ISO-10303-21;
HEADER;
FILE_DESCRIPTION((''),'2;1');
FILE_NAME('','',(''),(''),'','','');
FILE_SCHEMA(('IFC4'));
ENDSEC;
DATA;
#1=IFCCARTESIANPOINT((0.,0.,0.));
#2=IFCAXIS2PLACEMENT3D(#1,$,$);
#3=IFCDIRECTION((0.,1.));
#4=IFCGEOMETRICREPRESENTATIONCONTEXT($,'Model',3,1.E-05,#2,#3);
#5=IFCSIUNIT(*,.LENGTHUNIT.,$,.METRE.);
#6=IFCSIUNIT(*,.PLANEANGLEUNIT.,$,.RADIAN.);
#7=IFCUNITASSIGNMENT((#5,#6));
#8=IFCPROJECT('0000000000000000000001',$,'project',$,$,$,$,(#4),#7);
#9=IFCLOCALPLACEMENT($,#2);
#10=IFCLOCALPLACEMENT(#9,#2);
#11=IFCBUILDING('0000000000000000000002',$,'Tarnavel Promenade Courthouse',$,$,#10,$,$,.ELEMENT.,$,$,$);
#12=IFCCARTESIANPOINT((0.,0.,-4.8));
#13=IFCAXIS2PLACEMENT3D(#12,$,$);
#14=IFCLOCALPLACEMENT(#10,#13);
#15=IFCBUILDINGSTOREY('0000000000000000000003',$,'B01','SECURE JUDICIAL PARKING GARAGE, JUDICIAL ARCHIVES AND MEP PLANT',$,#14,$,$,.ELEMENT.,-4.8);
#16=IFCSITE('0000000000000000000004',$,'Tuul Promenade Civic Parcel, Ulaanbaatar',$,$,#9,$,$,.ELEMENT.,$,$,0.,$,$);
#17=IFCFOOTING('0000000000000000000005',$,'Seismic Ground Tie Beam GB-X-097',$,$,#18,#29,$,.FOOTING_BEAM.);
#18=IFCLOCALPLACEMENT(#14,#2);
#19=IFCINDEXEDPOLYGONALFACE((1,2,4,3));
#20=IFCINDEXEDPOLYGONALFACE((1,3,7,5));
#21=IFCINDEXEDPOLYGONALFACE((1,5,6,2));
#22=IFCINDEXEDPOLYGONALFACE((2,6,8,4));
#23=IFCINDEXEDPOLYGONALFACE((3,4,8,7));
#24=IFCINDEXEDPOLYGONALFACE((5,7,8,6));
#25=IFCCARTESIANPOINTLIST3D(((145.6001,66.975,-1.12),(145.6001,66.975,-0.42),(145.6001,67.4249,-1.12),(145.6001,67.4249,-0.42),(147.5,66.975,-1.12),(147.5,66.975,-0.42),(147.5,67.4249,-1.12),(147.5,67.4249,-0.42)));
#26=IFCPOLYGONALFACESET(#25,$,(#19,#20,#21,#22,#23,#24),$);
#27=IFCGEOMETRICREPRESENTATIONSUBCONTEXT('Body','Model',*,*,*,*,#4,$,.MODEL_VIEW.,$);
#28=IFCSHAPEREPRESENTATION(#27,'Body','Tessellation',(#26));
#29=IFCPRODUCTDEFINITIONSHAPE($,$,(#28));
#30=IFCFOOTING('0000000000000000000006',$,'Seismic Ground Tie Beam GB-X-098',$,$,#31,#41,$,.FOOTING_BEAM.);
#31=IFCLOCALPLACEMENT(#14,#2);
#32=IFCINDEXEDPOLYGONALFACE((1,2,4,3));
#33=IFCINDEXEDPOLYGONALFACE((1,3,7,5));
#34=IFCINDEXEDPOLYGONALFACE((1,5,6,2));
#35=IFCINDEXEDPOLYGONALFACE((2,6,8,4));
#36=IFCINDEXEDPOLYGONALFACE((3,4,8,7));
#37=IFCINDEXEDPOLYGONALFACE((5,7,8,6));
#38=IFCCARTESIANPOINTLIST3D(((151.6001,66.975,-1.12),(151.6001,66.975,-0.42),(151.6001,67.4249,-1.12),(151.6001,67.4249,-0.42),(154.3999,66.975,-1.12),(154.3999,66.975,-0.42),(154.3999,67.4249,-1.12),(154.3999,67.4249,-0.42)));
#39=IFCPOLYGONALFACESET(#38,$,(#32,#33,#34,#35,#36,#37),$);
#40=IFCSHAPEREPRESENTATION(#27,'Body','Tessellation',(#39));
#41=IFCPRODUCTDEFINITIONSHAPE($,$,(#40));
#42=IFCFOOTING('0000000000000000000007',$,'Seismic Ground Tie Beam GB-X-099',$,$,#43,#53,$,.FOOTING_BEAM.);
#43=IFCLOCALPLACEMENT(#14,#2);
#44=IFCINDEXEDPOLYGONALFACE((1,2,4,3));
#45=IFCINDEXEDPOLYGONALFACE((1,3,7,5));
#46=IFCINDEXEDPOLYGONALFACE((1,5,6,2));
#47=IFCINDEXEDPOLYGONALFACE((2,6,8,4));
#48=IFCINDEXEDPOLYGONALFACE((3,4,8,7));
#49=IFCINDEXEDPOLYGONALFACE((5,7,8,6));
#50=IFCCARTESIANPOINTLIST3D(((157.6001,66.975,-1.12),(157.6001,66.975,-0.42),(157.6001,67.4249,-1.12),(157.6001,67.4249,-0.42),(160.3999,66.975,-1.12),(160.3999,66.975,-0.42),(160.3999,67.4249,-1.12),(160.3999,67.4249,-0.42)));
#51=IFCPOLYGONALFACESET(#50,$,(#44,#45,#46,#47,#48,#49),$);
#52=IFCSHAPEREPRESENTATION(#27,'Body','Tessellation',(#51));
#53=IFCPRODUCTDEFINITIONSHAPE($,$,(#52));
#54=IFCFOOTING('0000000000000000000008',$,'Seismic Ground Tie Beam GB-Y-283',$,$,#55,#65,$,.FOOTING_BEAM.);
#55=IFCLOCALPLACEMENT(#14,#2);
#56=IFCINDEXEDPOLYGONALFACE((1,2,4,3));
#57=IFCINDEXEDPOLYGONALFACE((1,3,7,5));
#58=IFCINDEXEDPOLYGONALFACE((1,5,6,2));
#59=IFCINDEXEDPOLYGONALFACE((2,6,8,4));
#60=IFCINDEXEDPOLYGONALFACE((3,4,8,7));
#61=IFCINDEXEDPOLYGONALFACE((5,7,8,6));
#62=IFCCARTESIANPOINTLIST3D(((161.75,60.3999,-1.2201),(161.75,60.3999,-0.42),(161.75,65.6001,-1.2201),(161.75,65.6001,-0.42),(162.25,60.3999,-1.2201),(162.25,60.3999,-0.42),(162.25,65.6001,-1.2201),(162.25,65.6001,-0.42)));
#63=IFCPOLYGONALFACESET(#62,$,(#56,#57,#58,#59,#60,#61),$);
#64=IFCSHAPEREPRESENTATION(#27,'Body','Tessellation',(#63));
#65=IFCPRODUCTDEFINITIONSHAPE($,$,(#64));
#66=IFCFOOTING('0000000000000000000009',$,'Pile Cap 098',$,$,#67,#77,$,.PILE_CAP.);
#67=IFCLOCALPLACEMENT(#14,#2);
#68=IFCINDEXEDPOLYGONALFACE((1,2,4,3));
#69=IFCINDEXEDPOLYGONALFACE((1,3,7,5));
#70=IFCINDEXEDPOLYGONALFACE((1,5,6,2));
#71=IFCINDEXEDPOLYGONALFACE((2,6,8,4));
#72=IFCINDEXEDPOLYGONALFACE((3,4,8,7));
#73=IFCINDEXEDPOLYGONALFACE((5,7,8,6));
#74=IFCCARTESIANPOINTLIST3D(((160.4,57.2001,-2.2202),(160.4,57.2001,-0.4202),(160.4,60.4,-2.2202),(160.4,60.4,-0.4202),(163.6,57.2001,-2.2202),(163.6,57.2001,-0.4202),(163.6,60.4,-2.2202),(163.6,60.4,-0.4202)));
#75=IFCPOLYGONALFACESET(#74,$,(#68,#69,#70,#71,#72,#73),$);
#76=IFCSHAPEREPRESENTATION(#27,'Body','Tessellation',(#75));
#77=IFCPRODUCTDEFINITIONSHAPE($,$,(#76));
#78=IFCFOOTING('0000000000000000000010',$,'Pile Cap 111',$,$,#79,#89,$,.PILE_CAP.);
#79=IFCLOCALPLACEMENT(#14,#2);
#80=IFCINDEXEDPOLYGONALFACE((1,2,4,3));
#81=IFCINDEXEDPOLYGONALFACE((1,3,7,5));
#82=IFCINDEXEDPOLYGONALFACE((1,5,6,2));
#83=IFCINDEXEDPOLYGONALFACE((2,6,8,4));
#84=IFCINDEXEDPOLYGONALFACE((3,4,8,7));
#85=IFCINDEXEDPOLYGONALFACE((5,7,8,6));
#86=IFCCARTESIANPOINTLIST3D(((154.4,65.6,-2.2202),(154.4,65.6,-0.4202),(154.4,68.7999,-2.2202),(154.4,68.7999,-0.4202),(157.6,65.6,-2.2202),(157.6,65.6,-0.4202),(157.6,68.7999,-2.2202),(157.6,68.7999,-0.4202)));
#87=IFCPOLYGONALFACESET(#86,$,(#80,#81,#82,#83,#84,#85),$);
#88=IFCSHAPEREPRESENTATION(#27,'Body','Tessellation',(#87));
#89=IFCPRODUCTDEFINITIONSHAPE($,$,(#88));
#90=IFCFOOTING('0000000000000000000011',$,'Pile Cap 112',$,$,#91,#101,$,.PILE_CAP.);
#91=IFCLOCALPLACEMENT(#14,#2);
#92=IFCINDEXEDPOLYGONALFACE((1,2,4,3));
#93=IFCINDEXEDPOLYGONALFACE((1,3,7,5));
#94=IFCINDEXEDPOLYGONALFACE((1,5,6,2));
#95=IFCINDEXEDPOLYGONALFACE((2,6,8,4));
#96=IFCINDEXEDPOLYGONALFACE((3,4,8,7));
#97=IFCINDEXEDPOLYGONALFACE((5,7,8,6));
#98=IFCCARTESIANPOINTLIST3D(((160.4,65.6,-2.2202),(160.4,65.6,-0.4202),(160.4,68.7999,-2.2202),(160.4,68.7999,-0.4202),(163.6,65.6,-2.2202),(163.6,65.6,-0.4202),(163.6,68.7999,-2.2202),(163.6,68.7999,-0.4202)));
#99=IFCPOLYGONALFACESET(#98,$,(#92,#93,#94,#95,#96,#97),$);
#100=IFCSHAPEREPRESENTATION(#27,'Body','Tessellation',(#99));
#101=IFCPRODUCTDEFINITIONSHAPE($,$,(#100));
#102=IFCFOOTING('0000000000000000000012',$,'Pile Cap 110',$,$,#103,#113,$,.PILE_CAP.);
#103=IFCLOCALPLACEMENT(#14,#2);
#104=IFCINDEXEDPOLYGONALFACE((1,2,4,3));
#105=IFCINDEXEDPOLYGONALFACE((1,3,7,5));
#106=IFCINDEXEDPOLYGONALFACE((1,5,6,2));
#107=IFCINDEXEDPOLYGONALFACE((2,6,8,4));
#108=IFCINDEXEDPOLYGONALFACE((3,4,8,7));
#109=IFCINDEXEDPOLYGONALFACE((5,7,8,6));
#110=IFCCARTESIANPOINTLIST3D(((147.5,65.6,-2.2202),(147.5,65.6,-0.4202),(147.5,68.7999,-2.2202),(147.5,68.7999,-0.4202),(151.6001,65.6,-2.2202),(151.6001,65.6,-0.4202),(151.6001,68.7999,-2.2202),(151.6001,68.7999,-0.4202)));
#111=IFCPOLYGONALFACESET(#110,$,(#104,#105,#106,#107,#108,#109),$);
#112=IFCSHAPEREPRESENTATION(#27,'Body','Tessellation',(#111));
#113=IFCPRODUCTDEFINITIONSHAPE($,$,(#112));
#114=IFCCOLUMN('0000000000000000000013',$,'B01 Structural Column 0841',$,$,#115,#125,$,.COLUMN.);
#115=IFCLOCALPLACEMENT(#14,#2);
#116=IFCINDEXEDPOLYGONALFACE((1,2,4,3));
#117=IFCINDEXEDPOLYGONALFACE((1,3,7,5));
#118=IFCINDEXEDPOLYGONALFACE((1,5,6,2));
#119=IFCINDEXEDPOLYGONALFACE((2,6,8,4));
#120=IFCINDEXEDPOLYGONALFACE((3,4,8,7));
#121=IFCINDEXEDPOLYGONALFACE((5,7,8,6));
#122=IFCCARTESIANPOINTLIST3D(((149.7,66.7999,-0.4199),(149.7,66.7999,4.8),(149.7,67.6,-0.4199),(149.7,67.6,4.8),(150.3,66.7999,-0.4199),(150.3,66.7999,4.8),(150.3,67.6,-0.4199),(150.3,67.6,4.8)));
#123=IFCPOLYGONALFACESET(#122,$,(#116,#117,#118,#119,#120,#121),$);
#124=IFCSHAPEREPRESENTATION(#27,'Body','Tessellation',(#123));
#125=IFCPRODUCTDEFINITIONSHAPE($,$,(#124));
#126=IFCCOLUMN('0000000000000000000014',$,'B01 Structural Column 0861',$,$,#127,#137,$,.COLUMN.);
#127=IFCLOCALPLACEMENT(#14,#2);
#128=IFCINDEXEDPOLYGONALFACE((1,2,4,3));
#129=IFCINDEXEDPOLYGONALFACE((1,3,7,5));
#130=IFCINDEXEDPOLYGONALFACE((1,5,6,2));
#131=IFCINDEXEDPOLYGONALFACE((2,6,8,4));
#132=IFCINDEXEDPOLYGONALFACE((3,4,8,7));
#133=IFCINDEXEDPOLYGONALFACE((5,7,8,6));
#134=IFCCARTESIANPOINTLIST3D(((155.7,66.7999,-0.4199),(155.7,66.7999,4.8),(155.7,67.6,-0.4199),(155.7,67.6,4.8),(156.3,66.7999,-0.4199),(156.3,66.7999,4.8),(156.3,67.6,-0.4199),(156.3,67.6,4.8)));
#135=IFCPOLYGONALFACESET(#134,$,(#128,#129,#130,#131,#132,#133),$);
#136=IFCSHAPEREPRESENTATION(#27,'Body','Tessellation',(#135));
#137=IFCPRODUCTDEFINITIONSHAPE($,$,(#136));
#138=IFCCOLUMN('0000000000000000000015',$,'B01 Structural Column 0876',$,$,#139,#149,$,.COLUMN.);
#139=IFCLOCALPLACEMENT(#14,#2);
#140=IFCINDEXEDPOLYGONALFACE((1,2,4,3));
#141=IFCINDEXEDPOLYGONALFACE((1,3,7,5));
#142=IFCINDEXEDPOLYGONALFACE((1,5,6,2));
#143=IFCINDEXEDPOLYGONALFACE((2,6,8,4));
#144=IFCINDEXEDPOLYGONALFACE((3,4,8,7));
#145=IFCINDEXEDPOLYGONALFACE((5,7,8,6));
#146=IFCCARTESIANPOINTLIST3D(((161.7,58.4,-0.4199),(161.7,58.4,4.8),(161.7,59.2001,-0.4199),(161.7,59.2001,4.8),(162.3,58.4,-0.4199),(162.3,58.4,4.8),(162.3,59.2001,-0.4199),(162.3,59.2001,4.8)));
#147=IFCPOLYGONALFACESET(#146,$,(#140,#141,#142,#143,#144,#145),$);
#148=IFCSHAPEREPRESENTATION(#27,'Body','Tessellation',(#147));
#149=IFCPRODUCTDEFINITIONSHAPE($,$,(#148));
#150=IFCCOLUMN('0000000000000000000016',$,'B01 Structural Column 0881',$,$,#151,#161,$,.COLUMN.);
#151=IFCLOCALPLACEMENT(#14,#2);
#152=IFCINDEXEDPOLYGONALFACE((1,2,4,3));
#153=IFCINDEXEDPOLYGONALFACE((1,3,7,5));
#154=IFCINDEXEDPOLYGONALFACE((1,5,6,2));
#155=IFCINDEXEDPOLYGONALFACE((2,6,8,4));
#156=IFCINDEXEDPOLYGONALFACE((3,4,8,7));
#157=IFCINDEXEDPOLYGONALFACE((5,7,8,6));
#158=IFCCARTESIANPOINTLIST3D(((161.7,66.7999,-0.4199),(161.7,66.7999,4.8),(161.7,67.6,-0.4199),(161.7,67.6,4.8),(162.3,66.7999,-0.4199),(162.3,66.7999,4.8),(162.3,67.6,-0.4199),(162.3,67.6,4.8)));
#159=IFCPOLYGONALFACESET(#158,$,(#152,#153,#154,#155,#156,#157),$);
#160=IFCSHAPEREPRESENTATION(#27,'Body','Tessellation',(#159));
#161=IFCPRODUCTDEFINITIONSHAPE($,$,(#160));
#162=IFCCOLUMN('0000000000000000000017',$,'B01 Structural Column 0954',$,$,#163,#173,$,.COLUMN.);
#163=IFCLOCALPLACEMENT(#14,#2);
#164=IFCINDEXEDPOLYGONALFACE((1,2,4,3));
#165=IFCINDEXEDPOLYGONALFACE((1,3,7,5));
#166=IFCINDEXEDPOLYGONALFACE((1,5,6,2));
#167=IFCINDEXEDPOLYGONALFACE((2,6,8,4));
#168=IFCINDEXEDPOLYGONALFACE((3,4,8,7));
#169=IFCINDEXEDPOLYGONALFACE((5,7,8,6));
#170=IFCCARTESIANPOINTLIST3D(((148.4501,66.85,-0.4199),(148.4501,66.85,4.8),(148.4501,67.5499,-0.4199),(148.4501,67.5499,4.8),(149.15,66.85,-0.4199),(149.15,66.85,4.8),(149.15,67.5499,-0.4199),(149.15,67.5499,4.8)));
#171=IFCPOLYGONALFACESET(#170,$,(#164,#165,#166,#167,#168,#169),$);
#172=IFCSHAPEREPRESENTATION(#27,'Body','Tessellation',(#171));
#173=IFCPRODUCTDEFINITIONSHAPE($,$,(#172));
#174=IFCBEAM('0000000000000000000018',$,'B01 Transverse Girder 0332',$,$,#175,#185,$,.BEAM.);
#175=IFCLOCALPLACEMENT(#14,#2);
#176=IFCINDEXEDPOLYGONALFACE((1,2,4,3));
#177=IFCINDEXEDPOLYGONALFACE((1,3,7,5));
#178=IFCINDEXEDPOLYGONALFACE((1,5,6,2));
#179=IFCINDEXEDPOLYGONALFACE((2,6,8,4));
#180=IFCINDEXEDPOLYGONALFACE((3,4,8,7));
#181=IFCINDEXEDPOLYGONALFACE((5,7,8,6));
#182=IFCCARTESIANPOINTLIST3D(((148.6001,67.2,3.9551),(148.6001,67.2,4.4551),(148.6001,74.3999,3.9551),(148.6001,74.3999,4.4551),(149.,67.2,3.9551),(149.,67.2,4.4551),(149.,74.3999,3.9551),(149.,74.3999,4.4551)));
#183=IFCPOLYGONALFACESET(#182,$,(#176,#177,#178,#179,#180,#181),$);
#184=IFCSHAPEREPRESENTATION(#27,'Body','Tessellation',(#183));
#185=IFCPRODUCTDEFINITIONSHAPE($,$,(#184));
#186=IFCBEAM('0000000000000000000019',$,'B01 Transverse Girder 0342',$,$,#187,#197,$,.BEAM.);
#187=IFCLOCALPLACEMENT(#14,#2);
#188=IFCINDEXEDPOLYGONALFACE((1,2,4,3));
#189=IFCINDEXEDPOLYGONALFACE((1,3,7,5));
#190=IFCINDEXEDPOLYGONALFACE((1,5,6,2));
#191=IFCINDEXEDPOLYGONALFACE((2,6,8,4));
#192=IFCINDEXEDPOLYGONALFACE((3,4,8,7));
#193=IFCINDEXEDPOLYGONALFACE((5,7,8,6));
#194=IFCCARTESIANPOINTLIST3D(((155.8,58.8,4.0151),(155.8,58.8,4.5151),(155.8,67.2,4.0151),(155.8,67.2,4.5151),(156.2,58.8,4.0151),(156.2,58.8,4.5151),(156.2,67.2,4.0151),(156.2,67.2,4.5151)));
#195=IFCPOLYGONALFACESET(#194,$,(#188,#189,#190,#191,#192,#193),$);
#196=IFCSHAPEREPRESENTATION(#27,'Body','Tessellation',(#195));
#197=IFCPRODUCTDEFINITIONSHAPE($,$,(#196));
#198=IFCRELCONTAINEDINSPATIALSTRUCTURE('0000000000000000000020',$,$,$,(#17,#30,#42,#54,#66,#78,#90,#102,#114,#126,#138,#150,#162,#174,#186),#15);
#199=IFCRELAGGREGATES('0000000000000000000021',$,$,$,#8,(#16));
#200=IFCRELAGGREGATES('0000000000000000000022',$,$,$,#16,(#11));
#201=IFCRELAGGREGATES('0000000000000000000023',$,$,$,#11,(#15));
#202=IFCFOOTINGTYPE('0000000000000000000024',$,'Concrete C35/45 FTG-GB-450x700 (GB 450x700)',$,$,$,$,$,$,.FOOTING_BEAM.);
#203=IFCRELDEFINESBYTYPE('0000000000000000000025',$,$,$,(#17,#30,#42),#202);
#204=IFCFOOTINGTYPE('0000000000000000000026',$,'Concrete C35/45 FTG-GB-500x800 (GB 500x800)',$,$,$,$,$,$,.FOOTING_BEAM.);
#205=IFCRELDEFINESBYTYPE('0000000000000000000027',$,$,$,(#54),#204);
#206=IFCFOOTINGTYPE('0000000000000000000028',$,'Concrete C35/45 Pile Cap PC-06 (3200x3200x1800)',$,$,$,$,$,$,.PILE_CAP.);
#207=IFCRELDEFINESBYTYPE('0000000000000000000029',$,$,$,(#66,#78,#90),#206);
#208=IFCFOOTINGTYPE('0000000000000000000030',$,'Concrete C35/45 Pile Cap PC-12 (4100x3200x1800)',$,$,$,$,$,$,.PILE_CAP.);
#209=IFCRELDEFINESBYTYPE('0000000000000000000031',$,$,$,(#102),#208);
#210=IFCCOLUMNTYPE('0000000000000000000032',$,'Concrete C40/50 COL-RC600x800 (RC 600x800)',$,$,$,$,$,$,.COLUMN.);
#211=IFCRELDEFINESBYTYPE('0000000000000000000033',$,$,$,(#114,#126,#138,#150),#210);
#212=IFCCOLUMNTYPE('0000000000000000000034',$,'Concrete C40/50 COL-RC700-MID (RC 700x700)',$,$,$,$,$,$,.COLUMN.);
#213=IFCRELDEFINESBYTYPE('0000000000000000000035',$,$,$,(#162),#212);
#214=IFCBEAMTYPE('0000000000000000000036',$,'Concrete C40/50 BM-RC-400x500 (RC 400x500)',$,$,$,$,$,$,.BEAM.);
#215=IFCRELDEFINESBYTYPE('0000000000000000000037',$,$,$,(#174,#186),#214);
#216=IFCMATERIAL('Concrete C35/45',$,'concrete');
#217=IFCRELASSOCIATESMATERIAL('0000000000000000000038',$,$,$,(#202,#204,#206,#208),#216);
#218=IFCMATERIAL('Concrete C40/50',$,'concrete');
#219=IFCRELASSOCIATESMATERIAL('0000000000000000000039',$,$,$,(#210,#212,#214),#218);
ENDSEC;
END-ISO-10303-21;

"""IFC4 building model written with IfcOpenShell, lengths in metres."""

from ifc_helpers import new_model, si_unit, direction, frame, origin, origin_2d, place, context, subcontext, project, spatial, rectangle, extrude, material, material_profile, profile_set, type_object, element, save


model = new_model("IFC4")

# Units and contexts
model_context = context("Model", 3, precision=1e-05, world=origin(), true_north=direction((0.0, 1.0)))
body_context = subcontext(model_context, "Body", "Model", "MODEL_VIEW")
ifc_project = project(units=[si_unit("LENGTHUNIT", "METRE"), si_unit("PLANEANGLEUNIT", "RADIAN")], contexts=[model_context])

# Site, building, storey
site_placement = place(None, origin())
site = spatial("IfcSite", under=ifc_project, at=site_placement, Name="Tuul Promenade Civic Parcel, Ulaanbaatar", CompositionType="ELEMENT", RefElevation=0.0)
building_placement = place(site_placement, origin())
building = spatial("IfcBuilding", under=site, at=building_placement, Name="Tarnavel Promenade Courthouse", CompositionType="ELEMENT")
storey_placement = place(building_placement, frame((0.0, 0.0, -4.8)))
storey = spatial("IfcBuildingStorey", under=building, at=storey_placement, Name="B01", Description="SECURE JUDICIAL PARKING GARAGE, JUDICIAL ARCHIVES AND MEP PLANT", CompositionType="ELEMENT", Elevation=-4.8)

# Footings
ifc_material_1 = material(Name="Concrete C35/45", Category="concrete")
ifc_material_profile_1 = material_profile(ifc_material_1, rectangle(XDim=0.45, YDim=0.7, at=origin_2d()), Name="GB 450x700")
ifc_profile_set_1 = profile_set([ifc_material_profile_1], Name="Concrete C35/45")
footing_type_1 = type_object("IfcFootingType", Name="Concrete C35/45 FTG-GB-450x700 (GB 450x700)", PredefinedType="FOOTING_BEAM", material=ifc_profile_set_1)
footing_1_placement = place(storey_placement, frame((145.6001, 67.2, -0.77), z_axis=(1.0, 0.0, 0.0), x_axis=(0.0, 1.0, 0.0)))
element("IfcFooting", 1, at=footing_1_placement, inside=storey, type_object=footing_type_1, Name="Seismic Ground Tie Beam GB-X-097", PredefinedType="FOOTING_BEAM", context=body_context, shape_type="SweptSolid", body=[
    extrude(rectangle(XDim=0.45, YDim=0.7, at=origin_2d()), origin(), (0.0, 0.0, 1.0), 1.8999),
])
for number, where, z_axis, x_axis, name in (
    (2, (151.6001, 67.2, -0.77), (1.0, 0.0, 0.0), (0.0, 1.0, 0.0), "Seismic Ground Tie Beam GB-X-098"),
    (3, (157.6001, 67.2, -0.77), (1.0, 0.0, 0.0), (0.0, 1.0, 0.0), "Seismic Ground Tie Beam GB-X-099"),
):
    element("IfcFooting", number, at=place(storey_placement, frame(where, z_axis=z_axis, x_axis=x_axis)), inside=storey, type_object=footing_type_1, Name=name, PredefinedType="FOOTING_BEAM", context=body_context, shape_type="SweptSolid", body=[
        extrude(rectangle(XDim=0.45, YDim=0.7, at=origin_2d()), origin(), (0.0, 0.0, 1.0), 2.7998),
    ])
ifc_material_profile_2 = material_profile(ifc_material_1, rectangle(XDim=0.5, YDim=0.8, at=origin_2d()), Name="GB 500x800")
ifc_profile_set_2 = profile_set([ifc_material_profile_2], Name="Concrete C35/45")
footing_type_2 = type_object("IfcFootingType", Name="Concrete C35/45 FTG-GB-500x800 (GB 500x800)", PredefinedType="FOOTING_BEAM", material=ifc_profile_set_2)
footing_2_placement = place(storey_placement, frame((162.0, 60.3999, -0.8201), z_axis=(0.0, 1.0, 0.0), x_axis=(-1.0, 0.0, 0.0)))
element("IfcFooting", 4, at=footing_2_placement, inside=storey, type_object=footing_type_2, Name="Seismic Ground Tie Beam GB-Y-283", PredefinedType="FOOTING_BEAM", context=body_context, shape_type="SweptSolid", body=[
    extrude(rectangle(XDim=0.5, YDim=0.8, at=origin_2d()), origin(), (0.0, 0.0, 1.0), 5.2002),
])
footing_type_3 = type_object("IfcFootingType", Name="Concrete C35/45 Pile Cap PC-06 (3200x3200x1800)", PredefinedType="PILE_CAP", material=ifc_material_1)
for number, where, z_axis, x_axis, name in (
    (5, (162.0, 58.8, -2.2202), (0.0, 0.0, 1.0), (1.0, 0.0, 0.0), "Pile Cap 098"),
    (6, (156.0, 67.2, -2.2202), (0.0, 0.0, 1.0), (1.0, 0.0, 0.0), "Pile Cap 111"),
    (7, (162.0, 67.2, -2.2202), (0.0, 0.0, 1.0), (1.0, 0.0, 0.0), "Pile Cap 112"),
):
    element("IfcFooting", number, at=place(storey_placement, frame(where, z_axis=z_axis, x_axis=x_axis)), inside=storey, type_object=footing_type_3, Name=name, PredefinedType="PILE_CAP", context=body_context, shape_type="SweptSolid", body=[
        extrude(rectangle(XDim=3.2, YDim=3.2, at=origin_2d()), origin(), (0.0, 0.0, 1.0), 1.8),
    ])
footing_type_4 = type_object("IfcFootingType", Name="Concrete C35/45 Pile Cap PC-12 (4100x3200x1800)", PredefinedType="PILE_CAP", material=ifc_material_1)
footing_3_placement = place(storey_placement, frame((149.55, 67.2, -2.2202), z_axis=(0.0, 0.0, 1.0), x_axis=(1.0, 0.0, 0.0)))
element("IfcFooting", 8, at=footing_3_placement, inside=storey, type_object=footing_type_4, Name="Pile Cap 110", PredefinedType="PILE_CAP", context=body_context, shape_type="SweptSolid", body=[
    extrude(rectangle(XDim=4.1001, YDim=3.2, at=origin_2d()), origin(), (0.0, 0.0, 1.0), 1.8),
])

# Columns
ifc_material_2 = material(Name="Concrete C40/50", Category="concrete")
ifc_material_profile_3 = material_profile(ifc_material_2, rectangle(XDim=0.6001, YDim=0.8, at=origin_2d()), Name="RC 600x800")
ifc_profile_set_3 = profile_set([ifc_material_profile_3], Name="Concrete C40/50")
column_type_1 = type_object("IfcColumnType", Name="Concrete C40/50 COL-RC600x800 (RC 600x800)", PredefinedType="COLUMN", material=ifc_profile_set_3)
for number, where, z_axis, x_axis, name in (
    (9, (150.0, 67.2, -0.4199), (0.0, 0.0, 1.0), (1.0, 0.0, 0.0), "B01 Structural Column 0841"),
    (10, (156.0, 67.2, -0.4199), (0.0, 0.0, 1.0), (1.0, 0.0, 0.0), "B01 Structural Column 0861"),
    (11, (162.0, 58.8, -0.4199), (0.0, 0.0, 1.0), (1.0, 0.0, 0.0), "B01 Structural Column 0876"),
    (12, (162.0, 67.2, -0.4199), (0.0, 0.0, 1.0), (1.0, 0.0, 0.0), "B01 Structural Column 0881"),
):
    element("IfcColumn", number, at=place(storey_placement, frame(where, z_axis=z_axis, x_axis=x_axis)), inside=storey, type_object=column_type_1, Name=name, PredefinedType="COLUMN", context=body_context, shape_type="SweptSolid", body=[
        extrude(rectangle(XDim=0.6001, YDim=0.8, at=origin_2d()), origin(), (0.0, 0.0, 1.0), 5.22),
    ])
ifc_material_profile_4 = material_profile(ifc_material_2, rectangle(XDim=0.7, YDim=0.7, at=origin_2d()), Name="RC 700x700")
ifc_profile_set_4 = profile_set([ifc_material_profile_4], Name="Concrete C40/50")
column_type_2 = type_object("IfcColumnType", Name="Concrete C40/50 COL-RC700-MID (RC 700x700)", PredefinedType="COLUMN", material=ifc_profile_set_4)
column_placement = place(storey_placement, frame((148.8, 67.2, -0.4199), z_axis=(0.0, 0.0, 1.0), x_axis=(1.0, 0.0, 0.0)))
element("IfcColumn", 13, at=column_placement, inside=storey, type_object=column_type_2, Name="B01 Structural Column 0954", PredefinedType="COLUMN", context=body_context, shape_type="SweptSolid", body=[
    extrude(rectangle(XDim=0.7, YDim=0.7, at=origin_2d()), origin(), (0.0, 0.0, 1.0), 5.22),
])

# Beams
ifc_material_profile_5 = material_profile(ifc_material_2, rectangle(XDim=0.3999, YDim=0.5, at=origin_2d()), Name="RC 400x500")
ifc_profile_set_5 = profile_set([ifc_material_profile_5], Name="Concrete C40/50")
beam_type_1 = type_object("IfcBeamType", Name="Concrete C40/50 BM-RC-400x500 (RC 400x500)", PredefinedType="BEAM", material=ifc_profile_set_5)
beam_1_placement = place(storey_placement, frame((148.8, 67.2, 4.2051), z_axis=(0.0, 1.0, 0.0), x_axis=(-1.0, 0.0, 0.0)))
element("IfcBeam", 14, at=beam_1_placement, inside=storey, type_object=beam_type_1, Name="B01 Transverse Girder 0332", PredefinedType="BEAM", context=body_context, shape_type="SweptSolid", body=[
    extrude(rectangle(XDim=0.3999, YDim=0.5, at=origin_2d()), origin(), (0.0, 0.0, 1.0), 7.2),
])
beam_2_placement = place(storey_placement, frame((156.0, 58.8, 4.2651), z_axis=(0.0, 1.0, 0.0), x_axis=(-1.0, 0.0, 0.0)))
element("IfcBeam", 15, at=beam_2_placement, inside=storey, type_object=beam_type_1, Name="B01 Transverse Girder 0342", PredefinedType="BEAM", context=body_context, shape_type="SweptSolid", body=[
    extrude(rectangle(XDim=0.3999, YDim=0.5, at=origin_2d()), origin(), (0.0, 0.0, 1.0), 8.3999),
])

save(model, "model.ifc")
